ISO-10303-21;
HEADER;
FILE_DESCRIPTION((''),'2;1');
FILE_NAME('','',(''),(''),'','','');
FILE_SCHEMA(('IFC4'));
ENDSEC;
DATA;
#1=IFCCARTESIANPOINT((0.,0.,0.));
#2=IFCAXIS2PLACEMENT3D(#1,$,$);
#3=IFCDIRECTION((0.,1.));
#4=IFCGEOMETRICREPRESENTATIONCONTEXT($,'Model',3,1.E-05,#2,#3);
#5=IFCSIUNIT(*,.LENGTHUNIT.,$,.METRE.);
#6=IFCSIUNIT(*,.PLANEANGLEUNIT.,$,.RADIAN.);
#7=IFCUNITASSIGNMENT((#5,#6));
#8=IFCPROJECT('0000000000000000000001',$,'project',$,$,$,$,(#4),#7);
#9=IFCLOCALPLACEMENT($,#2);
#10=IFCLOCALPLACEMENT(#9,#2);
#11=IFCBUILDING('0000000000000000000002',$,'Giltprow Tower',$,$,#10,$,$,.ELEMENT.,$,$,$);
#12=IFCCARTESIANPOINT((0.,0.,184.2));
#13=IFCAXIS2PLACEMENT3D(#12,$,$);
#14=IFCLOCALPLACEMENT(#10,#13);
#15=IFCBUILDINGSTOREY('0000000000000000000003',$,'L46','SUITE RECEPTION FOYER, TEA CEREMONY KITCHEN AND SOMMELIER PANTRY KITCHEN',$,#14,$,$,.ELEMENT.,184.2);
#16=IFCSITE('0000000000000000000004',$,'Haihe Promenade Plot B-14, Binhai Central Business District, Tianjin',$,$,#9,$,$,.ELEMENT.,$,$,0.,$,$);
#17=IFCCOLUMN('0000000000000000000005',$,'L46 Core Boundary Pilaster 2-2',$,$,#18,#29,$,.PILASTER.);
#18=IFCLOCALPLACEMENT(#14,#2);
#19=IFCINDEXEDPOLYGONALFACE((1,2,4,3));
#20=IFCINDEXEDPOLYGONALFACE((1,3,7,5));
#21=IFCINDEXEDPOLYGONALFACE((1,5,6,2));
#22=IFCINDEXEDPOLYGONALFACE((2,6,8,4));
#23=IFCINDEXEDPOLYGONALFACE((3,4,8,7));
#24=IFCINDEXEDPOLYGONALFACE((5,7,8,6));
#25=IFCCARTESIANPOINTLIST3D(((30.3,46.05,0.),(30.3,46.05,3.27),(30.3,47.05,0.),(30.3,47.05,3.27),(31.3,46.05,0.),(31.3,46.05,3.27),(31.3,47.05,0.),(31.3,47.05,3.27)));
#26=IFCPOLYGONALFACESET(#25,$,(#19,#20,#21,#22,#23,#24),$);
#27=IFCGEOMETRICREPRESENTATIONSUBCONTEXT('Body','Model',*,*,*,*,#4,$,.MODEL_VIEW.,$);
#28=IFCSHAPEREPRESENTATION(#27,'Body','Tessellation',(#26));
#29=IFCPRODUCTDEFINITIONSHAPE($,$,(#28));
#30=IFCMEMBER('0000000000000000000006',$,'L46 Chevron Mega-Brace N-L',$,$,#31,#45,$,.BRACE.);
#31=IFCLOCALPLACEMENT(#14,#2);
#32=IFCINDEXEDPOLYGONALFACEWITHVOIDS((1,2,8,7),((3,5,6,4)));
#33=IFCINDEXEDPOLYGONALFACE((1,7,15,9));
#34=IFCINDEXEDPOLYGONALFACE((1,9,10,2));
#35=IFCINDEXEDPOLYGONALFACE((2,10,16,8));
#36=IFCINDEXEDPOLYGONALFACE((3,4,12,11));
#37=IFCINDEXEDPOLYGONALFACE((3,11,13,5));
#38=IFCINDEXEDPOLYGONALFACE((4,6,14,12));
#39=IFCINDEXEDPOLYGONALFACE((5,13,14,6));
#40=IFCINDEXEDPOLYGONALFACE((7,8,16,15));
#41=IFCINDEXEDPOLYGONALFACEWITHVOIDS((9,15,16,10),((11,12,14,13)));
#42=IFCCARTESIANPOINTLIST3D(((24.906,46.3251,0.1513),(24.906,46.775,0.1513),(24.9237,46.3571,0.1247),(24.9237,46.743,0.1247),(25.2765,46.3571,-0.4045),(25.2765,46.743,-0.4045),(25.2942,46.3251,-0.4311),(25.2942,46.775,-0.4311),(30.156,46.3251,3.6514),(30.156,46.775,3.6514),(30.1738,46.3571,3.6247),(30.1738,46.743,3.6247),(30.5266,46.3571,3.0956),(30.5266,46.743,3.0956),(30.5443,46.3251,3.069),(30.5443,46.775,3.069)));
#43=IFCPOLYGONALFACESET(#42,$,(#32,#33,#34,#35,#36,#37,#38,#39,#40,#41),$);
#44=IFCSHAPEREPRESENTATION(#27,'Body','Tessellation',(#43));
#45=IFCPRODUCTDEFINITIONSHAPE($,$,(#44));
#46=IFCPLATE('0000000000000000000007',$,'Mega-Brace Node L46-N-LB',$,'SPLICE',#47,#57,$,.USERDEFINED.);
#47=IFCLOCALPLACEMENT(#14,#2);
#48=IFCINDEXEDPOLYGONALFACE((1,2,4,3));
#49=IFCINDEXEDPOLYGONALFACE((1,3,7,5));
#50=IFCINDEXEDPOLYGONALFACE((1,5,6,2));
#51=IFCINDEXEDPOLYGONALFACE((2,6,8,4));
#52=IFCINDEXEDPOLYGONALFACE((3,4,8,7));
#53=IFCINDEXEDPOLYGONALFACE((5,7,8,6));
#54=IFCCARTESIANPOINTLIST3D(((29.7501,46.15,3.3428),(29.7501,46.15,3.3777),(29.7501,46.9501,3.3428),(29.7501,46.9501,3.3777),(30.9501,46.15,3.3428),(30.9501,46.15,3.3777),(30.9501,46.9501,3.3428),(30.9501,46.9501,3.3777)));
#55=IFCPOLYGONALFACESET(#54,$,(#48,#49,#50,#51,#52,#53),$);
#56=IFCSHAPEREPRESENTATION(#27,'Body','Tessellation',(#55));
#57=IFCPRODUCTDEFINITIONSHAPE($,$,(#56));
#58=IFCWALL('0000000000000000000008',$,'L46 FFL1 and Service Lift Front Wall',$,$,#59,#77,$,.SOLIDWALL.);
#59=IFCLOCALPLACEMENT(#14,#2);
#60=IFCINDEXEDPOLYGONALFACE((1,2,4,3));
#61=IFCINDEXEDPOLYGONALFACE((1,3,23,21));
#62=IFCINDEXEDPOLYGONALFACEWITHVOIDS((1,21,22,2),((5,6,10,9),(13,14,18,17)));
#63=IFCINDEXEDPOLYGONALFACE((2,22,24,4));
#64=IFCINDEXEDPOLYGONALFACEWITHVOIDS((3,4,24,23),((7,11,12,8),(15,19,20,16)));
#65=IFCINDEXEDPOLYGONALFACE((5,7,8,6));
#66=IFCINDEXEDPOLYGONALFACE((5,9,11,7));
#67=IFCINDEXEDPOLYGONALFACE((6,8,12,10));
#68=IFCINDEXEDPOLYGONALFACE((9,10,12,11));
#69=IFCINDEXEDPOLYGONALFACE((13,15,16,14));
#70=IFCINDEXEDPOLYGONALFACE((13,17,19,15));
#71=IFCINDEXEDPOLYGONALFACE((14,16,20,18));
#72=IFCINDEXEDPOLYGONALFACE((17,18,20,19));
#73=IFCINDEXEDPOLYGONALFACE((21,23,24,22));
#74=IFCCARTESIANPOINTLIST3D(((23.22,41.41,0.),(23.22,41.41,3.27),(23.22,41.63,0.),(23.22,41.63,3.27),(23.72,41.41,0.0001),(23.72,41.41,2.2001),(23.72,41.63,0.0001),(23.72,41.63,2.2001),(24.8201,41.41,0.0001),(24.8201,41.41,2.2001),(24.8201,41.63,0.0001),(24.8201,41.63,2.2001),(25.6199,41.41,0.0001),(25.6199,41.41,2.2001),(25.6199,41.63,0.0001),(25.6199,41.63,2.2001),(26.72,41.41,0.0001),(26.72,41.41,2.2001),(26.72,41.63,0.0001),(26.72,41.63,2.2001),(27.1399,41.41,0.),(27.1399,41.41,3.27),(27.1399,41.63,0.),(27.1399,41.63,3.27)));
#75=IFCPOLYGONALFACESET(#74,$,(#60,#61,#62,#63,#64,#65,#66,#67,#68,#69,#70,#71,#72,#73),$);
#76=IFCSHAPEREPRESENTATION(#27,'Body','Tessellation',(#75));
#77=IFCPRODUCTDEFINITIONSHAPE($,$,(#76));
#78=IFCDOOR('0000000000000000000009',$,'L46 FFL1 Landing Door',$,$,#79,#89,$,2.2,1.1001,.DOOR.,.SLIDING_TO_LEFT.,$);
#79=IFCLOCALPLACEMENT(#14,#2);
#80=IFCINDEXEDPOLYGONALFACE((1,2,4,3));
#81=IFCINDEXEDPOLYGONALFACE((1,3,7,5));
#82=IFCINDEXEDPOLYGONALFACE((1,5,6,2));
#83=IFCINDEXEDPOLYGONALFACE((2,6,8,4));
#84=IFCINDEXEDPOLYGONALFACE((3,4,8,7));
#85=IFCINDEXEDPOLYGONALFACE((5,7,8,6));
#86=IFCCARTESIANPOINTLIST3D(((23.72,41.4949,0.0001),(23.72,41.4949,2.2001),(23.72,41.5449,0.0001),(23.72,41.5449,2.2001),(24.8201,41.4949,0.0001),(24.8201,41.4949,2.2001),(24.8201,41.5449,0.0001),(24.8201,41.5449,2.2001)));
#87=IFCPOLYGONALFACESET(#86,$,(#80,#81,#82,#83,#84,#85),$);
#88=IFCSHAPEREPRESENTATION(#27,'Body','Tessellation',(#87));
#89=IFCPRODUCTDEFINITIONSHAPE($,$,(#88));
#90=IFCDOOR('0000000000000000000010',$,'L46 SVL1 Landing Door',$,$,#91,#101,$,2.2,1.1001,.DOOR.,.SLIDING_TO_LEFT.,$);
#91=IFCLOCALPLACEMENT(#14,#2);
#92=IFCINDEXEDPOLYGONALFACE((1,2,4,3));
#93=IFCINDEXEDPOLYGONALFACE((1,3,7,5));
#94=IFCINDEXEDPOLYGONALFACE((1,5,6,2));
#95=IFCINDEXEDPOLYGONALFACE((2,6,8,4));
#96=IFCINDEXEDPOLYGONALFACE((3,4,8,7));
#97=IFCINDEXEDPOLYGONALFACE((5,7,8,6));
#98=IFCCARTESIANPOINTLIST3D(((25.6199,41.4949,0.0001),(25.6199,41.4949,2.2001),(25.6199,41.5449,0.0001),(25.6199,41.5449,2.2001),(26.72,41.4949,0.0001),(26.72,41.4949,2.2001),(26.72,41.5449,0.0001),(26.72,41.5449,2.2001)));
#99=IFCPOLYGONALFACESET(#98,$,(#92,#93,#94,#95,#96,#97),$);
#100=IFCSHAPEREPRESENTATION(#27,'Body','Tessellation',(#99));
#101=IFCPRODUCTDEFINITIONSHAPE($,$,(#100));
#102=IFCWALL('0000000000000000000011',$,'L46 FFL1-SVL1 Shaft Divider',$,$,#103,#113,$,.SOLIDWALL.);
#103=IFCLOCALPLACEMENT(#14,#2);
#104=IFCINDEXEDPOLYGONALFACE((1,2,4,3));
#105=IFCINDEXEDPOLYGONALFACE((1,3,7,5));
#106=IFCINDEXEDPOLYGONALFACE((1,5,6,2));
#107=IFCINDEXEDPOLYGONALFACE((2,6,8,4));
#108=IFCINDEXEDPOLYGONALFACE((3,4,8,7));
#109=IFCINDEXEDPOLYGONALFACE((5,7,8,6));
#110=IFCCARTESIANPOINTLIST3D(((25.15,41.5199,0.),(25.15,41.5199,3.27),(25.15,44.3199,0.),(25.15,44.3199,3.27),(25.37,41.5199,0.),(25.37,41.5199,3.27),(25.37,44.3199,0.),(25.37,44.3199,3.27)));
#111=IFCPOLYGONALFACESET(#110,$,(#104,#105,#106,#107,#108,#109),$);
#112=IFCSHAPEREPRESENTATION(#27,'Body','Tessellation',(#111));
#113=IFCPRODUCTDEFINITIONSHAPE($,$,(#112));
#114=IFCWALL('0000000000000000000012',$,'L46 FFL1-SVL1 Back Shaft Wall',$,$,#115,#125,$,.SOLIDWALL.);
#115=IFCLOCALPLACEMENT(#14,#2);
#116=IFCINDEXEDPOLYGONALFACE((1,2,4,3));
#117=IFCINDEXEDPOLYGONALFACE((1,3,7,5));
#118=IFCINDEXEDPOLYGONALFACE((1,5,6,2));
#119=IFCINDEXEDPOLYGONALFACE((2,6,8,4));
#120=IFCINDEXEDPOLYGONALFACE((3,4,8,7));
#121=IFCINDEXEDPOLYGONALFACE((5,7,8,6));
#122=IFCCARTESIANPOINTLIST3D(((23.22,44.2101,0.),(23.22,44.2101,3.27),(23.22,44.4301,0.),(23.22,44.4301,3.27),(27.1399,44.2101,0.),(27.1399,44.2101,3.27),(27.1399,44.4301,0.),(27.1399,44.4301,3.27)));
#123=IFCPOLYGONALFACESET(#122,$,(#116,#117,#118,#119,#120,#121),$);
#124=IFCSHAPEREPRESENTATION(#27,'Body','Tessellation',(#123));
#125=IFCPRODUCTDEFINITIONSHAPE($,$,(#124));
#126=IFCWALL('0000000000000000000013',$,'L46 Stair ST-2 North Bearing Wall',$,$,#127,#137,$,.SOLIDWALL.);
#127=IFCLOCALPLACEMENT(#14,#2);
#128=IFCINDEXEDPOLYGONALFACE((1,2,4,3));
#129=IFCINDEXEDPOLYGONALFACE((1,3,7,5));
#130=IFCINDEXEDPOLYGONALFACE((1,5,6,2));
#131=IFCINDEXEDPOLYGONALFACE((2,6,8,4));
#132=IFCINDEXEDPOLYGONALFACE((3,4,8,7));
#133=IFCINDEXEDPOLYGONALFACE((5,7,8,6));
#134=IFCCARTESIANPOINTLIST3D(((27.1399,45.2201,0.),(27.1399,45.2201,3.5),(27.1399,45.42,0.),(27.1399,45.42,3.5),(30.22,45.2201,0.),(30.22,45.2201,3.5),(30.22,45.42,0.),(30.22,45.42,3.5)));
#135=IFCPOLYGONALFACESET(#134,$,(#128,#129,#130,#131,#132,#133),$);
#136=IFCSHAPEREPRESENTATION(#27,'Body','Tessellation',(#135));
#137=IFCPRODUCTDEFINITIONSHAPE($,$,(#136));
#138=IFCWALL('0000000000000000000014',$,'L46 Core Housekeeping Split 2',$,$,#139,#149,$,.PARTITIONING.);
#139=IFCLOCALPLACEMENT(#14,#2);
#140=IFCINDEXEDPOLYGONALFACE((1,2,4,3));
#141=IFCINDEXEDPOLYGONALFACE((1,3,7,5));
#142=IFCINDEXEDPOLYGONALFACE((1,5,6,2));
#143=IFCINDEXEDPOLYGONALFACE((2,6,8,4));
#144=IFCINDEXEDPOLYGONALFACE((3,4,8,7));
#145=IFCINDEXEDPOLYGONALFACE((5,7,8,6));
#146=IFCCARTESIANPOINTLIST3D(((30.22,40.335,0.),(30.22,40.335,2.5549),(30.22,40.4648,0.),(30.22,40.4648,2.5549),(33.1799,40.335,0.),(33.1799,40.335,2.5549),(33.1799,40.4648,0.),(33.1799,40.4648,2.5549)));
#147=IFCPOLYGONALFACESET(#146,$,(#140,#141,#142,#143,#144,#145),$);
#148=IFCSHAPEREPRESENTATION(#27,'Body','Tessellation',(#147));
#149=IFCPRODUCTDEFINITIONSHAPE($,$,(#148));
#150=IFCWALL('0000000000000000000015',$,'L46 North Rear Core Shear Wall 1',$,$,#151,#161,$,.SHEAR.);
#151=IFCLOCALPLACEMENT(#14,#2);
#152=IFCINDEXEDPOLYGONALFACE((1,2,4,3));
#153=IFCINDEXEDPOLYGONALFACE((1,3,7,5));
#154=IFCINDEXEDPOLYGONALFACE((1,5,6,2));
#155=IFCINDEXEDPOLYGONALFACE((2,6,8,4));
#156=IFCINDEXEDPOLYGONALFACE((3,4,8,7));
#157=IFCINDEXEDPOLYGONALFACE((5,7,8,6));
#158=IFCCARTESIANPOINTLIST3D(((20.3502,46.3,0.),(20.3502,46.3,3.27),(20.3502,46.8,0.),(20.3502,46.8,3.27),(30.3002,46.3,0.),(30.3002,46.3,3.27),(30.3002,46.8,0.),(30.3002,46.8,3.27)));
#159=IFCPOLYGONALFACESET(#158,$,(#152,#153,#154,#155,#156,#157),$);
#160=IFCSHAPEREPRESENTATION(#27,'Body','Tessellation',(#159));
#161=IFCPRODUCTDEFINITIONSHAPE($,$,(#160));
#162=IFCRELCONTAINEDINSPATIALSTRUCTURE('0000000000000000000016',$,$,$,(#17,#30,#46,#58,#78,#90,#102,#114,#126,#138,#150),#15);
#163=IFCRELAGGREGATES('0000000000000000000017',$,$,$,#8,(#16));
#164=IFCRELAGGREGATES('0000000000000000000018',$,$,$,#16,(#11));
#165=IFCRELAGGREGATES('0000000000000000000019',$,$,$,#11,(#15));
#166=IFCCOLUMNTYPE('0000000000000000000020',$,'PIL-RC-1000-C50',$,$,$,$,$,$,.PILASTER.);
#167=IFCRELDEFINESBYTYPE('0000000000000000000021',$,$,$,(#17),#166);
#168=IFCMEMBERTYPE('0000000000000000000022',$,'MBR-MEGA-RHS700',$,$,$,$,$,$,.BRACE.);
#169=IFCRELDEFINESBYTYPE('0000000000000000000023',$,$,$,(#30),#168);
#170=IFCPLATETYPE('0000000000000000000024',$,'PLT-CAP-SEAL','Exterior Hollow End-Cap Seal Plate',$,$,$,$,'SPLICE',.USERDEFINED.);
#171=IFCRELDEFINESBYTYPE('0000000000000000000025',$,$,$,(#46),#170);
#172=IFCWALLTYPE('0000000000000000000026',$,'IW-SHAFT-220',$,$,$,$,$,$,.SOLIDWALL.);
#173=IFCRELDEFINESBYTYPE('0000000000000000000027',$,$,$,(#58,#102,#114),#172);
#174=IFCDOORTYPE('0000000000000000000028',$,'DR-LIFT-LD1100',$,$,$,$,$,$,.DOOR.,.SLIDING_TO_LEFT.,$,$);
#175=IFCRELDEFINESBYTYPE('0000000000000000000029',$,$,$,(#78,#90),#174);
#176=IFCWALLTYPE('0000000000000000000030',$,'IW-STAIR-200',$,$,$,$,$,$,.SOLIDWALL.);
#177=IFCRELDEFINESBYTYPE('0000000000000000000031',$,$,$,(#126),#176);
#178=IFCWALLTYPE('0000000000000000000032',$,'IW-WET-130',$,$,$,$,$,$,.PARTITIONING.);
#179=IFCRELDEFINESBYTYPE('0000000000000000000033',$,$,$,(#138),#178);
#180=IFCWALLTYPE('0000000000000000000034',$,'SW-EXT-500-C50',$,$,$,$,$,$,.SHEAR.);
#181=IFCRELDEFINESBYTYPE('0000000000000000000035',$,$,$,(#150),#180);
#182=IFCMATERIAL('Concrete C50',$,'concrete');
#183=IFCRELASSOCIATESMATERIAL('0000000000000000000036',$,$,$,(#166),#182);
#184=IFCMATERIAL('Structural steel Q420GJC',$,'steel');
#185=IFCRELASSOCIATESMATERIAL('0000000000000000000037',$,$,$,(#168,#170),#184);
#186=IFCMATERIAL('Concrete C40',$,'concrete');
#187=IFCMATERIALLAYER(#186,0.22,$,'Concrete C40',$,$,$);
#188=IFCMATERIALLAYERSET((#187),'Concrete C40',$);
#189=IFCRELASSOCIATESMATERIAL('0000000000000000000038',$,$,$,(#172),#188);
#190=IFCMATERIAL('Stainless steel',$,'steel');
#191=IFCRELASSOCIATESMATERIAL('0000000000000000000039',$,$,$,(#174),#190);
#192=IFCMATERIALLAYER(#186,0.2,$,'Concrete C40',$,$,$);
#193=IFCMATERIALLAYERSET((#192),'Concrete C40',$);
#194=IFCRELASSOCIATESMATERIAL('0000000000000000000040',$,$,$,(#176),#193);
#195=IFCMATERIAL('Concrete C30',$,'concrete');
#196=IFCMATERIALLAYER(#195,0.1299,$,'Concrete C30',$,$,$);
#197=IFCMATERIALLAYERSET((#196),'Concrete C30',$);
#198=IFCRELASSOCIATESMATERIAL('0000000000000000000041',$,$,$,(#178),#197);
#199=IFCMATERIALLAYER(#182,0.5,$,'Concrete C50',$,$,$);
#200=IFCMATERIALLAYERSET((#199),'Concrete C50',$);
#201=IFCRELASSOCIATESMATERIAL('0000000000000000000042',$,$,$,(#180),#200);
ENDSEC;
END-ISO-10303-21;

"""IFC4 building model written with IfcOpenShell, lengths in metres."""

from ifc_helpers import new_model, si_unit, direction, frame, frame_2d, origin, origin_2d, place, context, subcontext, project, spatial, rectangle, hollow_rectangle, extrude, source, transform, mapped, material, layer, layer_set, material_profile, profile_set, type_object, element, fill, save


model = new_model("IFC4")

# Units and contexts
model_context = context("Model", 3, precision=1e-05, world=origin(), true_north=direction((0.0, 1.0)))
body_context = subcontext(model_context, "Body", "Model", "MODEL_VIEW")
ifc_project = project(units=[si_unit("LENGTHUNIT", "METRE"), si_unit("PLANEANGLEUNIT", "RADIAN")], contexts=[model_context])

# Site, building, storey
site_placement = place(None, origin())
site = spatial("IfcSite", under=ifc_project, at=site_placement, Name="Haihe Promenade Plot B-14, Binhai Central Business District, Tianjin", CompositionType="ELEMENT", RefElevation=0.0)
building_placement = place(site_placement, origin())
building = spatial("IfcBuilding", under=site, at=building_placement, Name="Giltprow Tower", CompositionType="ELEMENT")
storey_placement = place(building_placement, frame((0.0, 0.0, 184.2)))
storey = spatial("IfcBuildingStorey", under=building, at=storey_placement, Name="L46", Description="SUITE RECEPTION FOYER, TEA CEREMONY KITCHEN AND SOMMELIER PANTRY KITCHEN", CompositionType="ELEMENT", Elevation=184.2)

# Column
ifc_material_1 = material(Name="Concrete C50", Category="concrete")
ifc_material_profile_1 = material_profile(ifc_material_1, rectangle(XDim=1.0, YDim=1.0, at=origin_2d()), Name="RC 1000x1000")
ifc_profile_set_1 = profile_set([ifc_material_profile_1], Name="Concrete C50")
column_type = type_object("IfcColumnType", Name="PIL-RC-1000-C50", PredefinedType="PILASTER", material=ifc_profile_set_1)
shared_shape_1 = source(origin(), body_context, "Body", "SweptSolid", [
    extrude(rectangle(XDim=1.0, YDim=1.0, at=origin_2d()), origin(), (0.0, 0.0, 1.0), 3.27),
])
column_placement = place(storey_placement, frame((30.8, 46.55, 0.0), z_axis=(0.0, 0.0, 1.0), x_axis=(1.0, 0.0, 0.0)))
element("IfcColumn", 1, at=column_placement, inside=storey, type_object=column_type, Name="L46 Core Boundary Pilaster 2-2", PredefinedType="PILASTER", context=body_context, shape_type="MappedRepresentation", body=[
    mapped(shared_shape_1, transform((0.0, 0.0, 0.0), x_axis=(1.0, 0.0, 0.0), y_axis=(0.0, 1.0, 0.0), z_axis=(0.0, 0.0, 1.0), scale=1.0)),
])

# Member
ifc_material_2 = material(Name="Structural steel Q420GJC", Category="steel")
ifc_material_profile_2 = material_profile(ifc_material_2, hollow_rectangle(XDim=0.45, YDim=0.7, WallThickness=0.032, at=origin_2d()), Name="RHS 700x450x32")
ifc_profile_set_2 = profile_set([ifc_material_profile_2], Name="Structural steel Q420GJC")
member_type = type_object("IfcMemberType", Name="MBR-MEGA-RHS700", PredefinedType="BRACE", material=ifc_profile_set_2)
shared_shape_2 = source(origin(), body_context, "Body", "SweptSolid", [
    extrude(hollow_rectangle(XDim=0.45, YDim=0.7, WallThickness=0.032, at=origin_2d()), origin(), (0.0, 0.0, 1.0), 6.3098),
])
member_placement = place(storey_placement, frame((25.1001, 46.55, -0.1399), z_axis=(0.83205, 0.0, 0.5547), x_axis=(0.0, 1.0, 0.0)))
element("IfcMember", 2, at=member_placement, inside=storey, type_object=member_type, Name="L46 Chevron Mega-Brace N-L", PredefinedType="BRACE", context=body_context, shape_type="MappedRepresentation", body=[
    mapped(shared_shape_2, transform((0.0, 0.0, 0.0), x_axis=(1.0, 0.0, 0.0), y_axis=(0.0, 1.0, 0.0), z_axis=(0.0, 0.0, 1.0), scale=1.0)),
])

# Plate
plate_type = type_object("IfcPlateType", Name="PLT-CAP-SEAL", Description="Exterior Hollow End-Cap Seal Plate", ElementType="SPLICE", PredefinedType="USERDEFINED", material=ifc_material_2)
shared_shape_3 = source(origin(), body_context, "Body", "SweptSolid", [
    extrude(rectangle(XDim=1.2, YDim=0.8, at=origin_2d()), origin(), (0.0, 0.0, 1.0), 0.0349),
])
plate_placement = place(storey_placement, frame((30.3501, 46.55, 3.3428), z_axis=(0.0, 0.0, 1.0), x_axis=(1.0, 0.0, 0.0)))
element("IfcPlate", 3, at=plate_placement, inside=storey, type_object=plate_type, Name="Mega-Brace Node L46-N-LB", ObjectType="SPLICE", PredefinedType="USERDEFINED", context=body_context, shape_type="MappedRepresentation", body=[
    mapped(shared_shape_3, transform((0.0, 0.0, 0.0), x_axis=(1.0, 0.0, 0.0), y_axis=(0.0, 1.0, 0.0), z_axis=(0.0, 0.0, 1.0), scale=1.0)),
])

# Wall, openings, doors
ifc_material_3 = material(Name="Concrete C40", Category="concrete")
ifc_layer_1 = layer(ifc_material_3, 0.22, Name="Concrete C40")
ifc_layer_set_1 = layer_set([ifc_layer_1], Name="Concrete C40")
wall_type_1 = type_object("IfcWallType", Name="IW-SHAFT-220", PredefinedType="SOLIDWALL", material=ifc_layer_set_1)
wall_1_placement = place(storey_placement, frame((23.22, 41.52, 0.0), z_axis=(0.0, 0.0, 1.0), x_axis=(1.0, 0.0, 0.0)))
wall_1 = element("IfcWall", 4, at=wall_1_placement, inside=storey, type_object=wall_type_1, Name="L46 FFL1 and Service Lift Front Wall", PredefinedType="SOLIDWALL", context=body_context, shape_type="SweptSolid", body=[
    extrude(rectangle(XDim=3.9199, YDim=0.22, at=frame_2d((1.96, 0.0))), origin(), (0.0, 0.0, 1.0), 3.27),
])
opening_1_placement = place(wall_1_placement, frame((0.5, 0.0, 0.0)))
opening_1 = element("IfcOpeningElement", 5, at=opening_1_placement, cuts=wall_1, PredefinedType="OPENING", context=body_context, shape_type="SweptSolid", body=[
    extrude(rectangle(XDim=1.1001, YDim=2.2, at=frame_2d((0.55, 1.1001))), frame((0.0, 0.1199, 0.0), z_axis=(0.0, -1.0, 0.0), x_axis=(1.0, 0.0, 0.0)), (0.0, 0.0, 1.0), 0.24),
])
opening_2_placement = place(wall_1_placement, frame((2.3999, 0.0, 0.0)))
opening_2 = element("IfcOpeningElement", 6, at=opening_2_placement, cuts=wall_1, PredefinedType="OPENING", context=body_context, shape_type="SweptSolid", body=[
    extrude(rectangle(XDim=1.1001, YDim=2.2, at=frame_2d((0.55, 1.1001))), frame((0.0, 0.1199, 0.0), z_axis=(0.0, -1.0, 0.0), x_axis=(1.0, 0.0, 0.0)), (0.0, 0.0, 1.0), 0.24),
])
ifc_material_4 = material(Name="Stainless steel", Category="steel")
door_type = type_object("IfcDoorType", Name="DR-LIFT-LD1100", OperationType="SLIDING_TO_LEFT", PredefinedType="DOOR", material=ifc_material_4)
shared_shape_4 = source(origin(), body_context, "Body", "SweptSolid", [
    extrude(rectangle(XDim=1.1001, YDim=2.2, at=frame_2d((0.55, 1.1001))), frame((0.0, 0.0249, 0.0), z_axis=(0.0, -1.0, 0.0), x_axis=(1.0, 0.0, 0.0)), (0.0, 0.0, 1.0), 0.05),
])
door_1_placement = place(opening_1_placement, origin())
door_1 = element("IfcDoor", 7, at=door_1_placement, inside=storey, type_object=door_type, Name="L46 FFL1 Landing Door", OperationType="SLIDING_TO_LEFT", OverallHeight=2.2, OverallWidth=1.1001, PredefinedType="DOOR", context=body_context, shape_type="MappedRepresentation", body=[
    mapped(shared_shape_4, transform((0.0, 0.0, 0.0), x_axis=(1.0, 0.0, 0.0), y_axis=(0.0, 1.0, 0.0), z_axis=(0.0, 0.0, 1.0), scale=1.0)),
])
fill(opening_1, door_1)
door_2_placement = place(opening_2_placement, origin())
door_2 = element("IfcDoor", 8, at=door_2_placement, inside=storey, type_object=door_type, Name="L46 SVL1 Landing Door", OperationType="SLIDING_TO_LEFT", OverallHeight=2.2, OverallWidth=1.1001, PredefinedType="DOOR", context=body_context, shape_type="MappedRepresentation", body=[
    mapped(shared_shape_4, transform((0.0, 0.0, 0.0), x_axis=(1.0, 0.0, 0.0), y_axis=(0.0, 1.0, 0.0), z_axis=(0.0, 0.0, 1.0), scale=1.0)),
])
fill(opening_2, door_2)

# Walls
wall_2_placement = place(storey_placement, frame((25.26, 41.52, 0.0), z_axis=(0.0, 0.0, 1.0), x_axis=(0.0, 1.0, 0.0)))
element("IfcWall", 9, at=wall_2_placement, inside=storey, type_object=wall_type_1, Name="L46 FFL1-SVL1 Shaft Divider", PredefinedType="SOLIDWALL", context=body_context, shape_type="SweptSolid", body=[
    extrude(rectangle(XDim=2.8, YDim=0.22, at=frame_2d((1.3999, 0.0))), origin(), (0.0, 0.0, 1.0), 3.27),
])
wall_3_placement = place(storey_placement, frame((23.22, 44.3201, 0.0), z_axis=(0.0, 0.0, 1.0), x_axis=(1.0, 0.0, 0.0)))
element("IfcWall", 10, at=wall_3_placement, inside=storey, type_object=wall_type_1, Name="L46 FFL1-SVL1 Back Shaft Wall", PredefinedType="SOLIDWALL", context=body_context, shape_type="SweptSolid", body=[
    extrude(rectangle(XDim=3.9199, YDim=0.22, at=frame_2d((1.96, 0.0))), origin(), (0.0, 0.0, 1.0), 3.27),
])
ifc_layer_2 = layer(ifc_material_3, 0.2, Name="Concrete C40")
ifc_layer_set_2 = layer_set([ifc_layer_2], Name="Concrete C40")
wall_type_2 = type_object("IfcWallType", Name="IW-STAIR-200", PredefinedType="SOLIDWALL", material=ifc_layer_set_2)
wall_4_placement = place(storey_placement, frame((27.1399, 45.3201, 0.0), z_axis=(0.0, 0.0, 1.0), x_axis=(1.0, 0.0, 0.0)))
element("IfcWall", 11, at=wall_4_placement, inside=storey, type_object=wall_type_2, Name="L46 Stair ST-2 North Bearing Wall", PredefinedType="SOLIDWALL", context=body_context, shape_type="SweptSolid", body=[
    extrude(rectangle(XDim=3.0801, YDim=0.2, at=frame_2d((1.54, 0.0))), origin(), (0.0, 0.0, 1.0), 3.5),
])
ifc_material_5 = material(Name="Concrete C30", Category="concrete")
ifc_layer_3 = layer(ifc_material_5, 0.1299, Name="Concrete C30")
ifc_layer_set_3 = layer_set([ifc_layer_3], Name="Concrete C30")
wall_type_3 = type_object("IfcWallType", Name="IW-WET-130", PredefinedType="PARTITIONING", material=ifc_layer_set_3)
wall_5_placement = place(storey_placement, frame((30.22, 40.3999, 0.0), z_axis=(0.0, 0.0, 1.0), x_axis=(1.0, 0.0, 0.0)))
element("IfcWall", 12, at=wall_5_placement, inside=storey, type_object=wall_type_3, Name="L46 Core Housekeeping Split 2", PredefinedType="PARTITIONING", context=body_context, shape_type="SweptSolid", body=[
    extrude(rectangle(XDim=2.96, YDim=0.1299, at=frame_2d((1.48, 0.0))), origin(), (0.0, 0.0, 1.0), 2.5549),
])
ifc_layer_4 = layer(ifc_material_1, 0.5, Name="Concrete C50")
ifc_layer_set_4 = layer_set([ifc_layer_4], Name="Concrete C50")
wall_type_4 = type_object("IfcWallType", Name="SW-EXT-500-C50", PredefinedType="SHEAR", material=ifc_layer_set_4)
wall_6_placement = place(storey_placement, frame((20.3501, 46.55, 0.0), z_axis=(0.0, 0.0, 1.0), x_axis=(1.0, 0.0, 0.0)))
element("IfcWall", 13, at=wall_6_placement, inside=storey, type_object=wall_type_4, Name="L46 North Rear Core Shear Wall 1", PredefinedType="SHEAR", context=body_context, shape_type="SweptSolid", body=[
    extrude(rectangle(XDim=9.95, YDim=0.5, at=frame_2d((4.9751, 0.0))), origin(), (0.0, 0.0, 1.0), 3.27),
])

save(model, "model.ifc")
